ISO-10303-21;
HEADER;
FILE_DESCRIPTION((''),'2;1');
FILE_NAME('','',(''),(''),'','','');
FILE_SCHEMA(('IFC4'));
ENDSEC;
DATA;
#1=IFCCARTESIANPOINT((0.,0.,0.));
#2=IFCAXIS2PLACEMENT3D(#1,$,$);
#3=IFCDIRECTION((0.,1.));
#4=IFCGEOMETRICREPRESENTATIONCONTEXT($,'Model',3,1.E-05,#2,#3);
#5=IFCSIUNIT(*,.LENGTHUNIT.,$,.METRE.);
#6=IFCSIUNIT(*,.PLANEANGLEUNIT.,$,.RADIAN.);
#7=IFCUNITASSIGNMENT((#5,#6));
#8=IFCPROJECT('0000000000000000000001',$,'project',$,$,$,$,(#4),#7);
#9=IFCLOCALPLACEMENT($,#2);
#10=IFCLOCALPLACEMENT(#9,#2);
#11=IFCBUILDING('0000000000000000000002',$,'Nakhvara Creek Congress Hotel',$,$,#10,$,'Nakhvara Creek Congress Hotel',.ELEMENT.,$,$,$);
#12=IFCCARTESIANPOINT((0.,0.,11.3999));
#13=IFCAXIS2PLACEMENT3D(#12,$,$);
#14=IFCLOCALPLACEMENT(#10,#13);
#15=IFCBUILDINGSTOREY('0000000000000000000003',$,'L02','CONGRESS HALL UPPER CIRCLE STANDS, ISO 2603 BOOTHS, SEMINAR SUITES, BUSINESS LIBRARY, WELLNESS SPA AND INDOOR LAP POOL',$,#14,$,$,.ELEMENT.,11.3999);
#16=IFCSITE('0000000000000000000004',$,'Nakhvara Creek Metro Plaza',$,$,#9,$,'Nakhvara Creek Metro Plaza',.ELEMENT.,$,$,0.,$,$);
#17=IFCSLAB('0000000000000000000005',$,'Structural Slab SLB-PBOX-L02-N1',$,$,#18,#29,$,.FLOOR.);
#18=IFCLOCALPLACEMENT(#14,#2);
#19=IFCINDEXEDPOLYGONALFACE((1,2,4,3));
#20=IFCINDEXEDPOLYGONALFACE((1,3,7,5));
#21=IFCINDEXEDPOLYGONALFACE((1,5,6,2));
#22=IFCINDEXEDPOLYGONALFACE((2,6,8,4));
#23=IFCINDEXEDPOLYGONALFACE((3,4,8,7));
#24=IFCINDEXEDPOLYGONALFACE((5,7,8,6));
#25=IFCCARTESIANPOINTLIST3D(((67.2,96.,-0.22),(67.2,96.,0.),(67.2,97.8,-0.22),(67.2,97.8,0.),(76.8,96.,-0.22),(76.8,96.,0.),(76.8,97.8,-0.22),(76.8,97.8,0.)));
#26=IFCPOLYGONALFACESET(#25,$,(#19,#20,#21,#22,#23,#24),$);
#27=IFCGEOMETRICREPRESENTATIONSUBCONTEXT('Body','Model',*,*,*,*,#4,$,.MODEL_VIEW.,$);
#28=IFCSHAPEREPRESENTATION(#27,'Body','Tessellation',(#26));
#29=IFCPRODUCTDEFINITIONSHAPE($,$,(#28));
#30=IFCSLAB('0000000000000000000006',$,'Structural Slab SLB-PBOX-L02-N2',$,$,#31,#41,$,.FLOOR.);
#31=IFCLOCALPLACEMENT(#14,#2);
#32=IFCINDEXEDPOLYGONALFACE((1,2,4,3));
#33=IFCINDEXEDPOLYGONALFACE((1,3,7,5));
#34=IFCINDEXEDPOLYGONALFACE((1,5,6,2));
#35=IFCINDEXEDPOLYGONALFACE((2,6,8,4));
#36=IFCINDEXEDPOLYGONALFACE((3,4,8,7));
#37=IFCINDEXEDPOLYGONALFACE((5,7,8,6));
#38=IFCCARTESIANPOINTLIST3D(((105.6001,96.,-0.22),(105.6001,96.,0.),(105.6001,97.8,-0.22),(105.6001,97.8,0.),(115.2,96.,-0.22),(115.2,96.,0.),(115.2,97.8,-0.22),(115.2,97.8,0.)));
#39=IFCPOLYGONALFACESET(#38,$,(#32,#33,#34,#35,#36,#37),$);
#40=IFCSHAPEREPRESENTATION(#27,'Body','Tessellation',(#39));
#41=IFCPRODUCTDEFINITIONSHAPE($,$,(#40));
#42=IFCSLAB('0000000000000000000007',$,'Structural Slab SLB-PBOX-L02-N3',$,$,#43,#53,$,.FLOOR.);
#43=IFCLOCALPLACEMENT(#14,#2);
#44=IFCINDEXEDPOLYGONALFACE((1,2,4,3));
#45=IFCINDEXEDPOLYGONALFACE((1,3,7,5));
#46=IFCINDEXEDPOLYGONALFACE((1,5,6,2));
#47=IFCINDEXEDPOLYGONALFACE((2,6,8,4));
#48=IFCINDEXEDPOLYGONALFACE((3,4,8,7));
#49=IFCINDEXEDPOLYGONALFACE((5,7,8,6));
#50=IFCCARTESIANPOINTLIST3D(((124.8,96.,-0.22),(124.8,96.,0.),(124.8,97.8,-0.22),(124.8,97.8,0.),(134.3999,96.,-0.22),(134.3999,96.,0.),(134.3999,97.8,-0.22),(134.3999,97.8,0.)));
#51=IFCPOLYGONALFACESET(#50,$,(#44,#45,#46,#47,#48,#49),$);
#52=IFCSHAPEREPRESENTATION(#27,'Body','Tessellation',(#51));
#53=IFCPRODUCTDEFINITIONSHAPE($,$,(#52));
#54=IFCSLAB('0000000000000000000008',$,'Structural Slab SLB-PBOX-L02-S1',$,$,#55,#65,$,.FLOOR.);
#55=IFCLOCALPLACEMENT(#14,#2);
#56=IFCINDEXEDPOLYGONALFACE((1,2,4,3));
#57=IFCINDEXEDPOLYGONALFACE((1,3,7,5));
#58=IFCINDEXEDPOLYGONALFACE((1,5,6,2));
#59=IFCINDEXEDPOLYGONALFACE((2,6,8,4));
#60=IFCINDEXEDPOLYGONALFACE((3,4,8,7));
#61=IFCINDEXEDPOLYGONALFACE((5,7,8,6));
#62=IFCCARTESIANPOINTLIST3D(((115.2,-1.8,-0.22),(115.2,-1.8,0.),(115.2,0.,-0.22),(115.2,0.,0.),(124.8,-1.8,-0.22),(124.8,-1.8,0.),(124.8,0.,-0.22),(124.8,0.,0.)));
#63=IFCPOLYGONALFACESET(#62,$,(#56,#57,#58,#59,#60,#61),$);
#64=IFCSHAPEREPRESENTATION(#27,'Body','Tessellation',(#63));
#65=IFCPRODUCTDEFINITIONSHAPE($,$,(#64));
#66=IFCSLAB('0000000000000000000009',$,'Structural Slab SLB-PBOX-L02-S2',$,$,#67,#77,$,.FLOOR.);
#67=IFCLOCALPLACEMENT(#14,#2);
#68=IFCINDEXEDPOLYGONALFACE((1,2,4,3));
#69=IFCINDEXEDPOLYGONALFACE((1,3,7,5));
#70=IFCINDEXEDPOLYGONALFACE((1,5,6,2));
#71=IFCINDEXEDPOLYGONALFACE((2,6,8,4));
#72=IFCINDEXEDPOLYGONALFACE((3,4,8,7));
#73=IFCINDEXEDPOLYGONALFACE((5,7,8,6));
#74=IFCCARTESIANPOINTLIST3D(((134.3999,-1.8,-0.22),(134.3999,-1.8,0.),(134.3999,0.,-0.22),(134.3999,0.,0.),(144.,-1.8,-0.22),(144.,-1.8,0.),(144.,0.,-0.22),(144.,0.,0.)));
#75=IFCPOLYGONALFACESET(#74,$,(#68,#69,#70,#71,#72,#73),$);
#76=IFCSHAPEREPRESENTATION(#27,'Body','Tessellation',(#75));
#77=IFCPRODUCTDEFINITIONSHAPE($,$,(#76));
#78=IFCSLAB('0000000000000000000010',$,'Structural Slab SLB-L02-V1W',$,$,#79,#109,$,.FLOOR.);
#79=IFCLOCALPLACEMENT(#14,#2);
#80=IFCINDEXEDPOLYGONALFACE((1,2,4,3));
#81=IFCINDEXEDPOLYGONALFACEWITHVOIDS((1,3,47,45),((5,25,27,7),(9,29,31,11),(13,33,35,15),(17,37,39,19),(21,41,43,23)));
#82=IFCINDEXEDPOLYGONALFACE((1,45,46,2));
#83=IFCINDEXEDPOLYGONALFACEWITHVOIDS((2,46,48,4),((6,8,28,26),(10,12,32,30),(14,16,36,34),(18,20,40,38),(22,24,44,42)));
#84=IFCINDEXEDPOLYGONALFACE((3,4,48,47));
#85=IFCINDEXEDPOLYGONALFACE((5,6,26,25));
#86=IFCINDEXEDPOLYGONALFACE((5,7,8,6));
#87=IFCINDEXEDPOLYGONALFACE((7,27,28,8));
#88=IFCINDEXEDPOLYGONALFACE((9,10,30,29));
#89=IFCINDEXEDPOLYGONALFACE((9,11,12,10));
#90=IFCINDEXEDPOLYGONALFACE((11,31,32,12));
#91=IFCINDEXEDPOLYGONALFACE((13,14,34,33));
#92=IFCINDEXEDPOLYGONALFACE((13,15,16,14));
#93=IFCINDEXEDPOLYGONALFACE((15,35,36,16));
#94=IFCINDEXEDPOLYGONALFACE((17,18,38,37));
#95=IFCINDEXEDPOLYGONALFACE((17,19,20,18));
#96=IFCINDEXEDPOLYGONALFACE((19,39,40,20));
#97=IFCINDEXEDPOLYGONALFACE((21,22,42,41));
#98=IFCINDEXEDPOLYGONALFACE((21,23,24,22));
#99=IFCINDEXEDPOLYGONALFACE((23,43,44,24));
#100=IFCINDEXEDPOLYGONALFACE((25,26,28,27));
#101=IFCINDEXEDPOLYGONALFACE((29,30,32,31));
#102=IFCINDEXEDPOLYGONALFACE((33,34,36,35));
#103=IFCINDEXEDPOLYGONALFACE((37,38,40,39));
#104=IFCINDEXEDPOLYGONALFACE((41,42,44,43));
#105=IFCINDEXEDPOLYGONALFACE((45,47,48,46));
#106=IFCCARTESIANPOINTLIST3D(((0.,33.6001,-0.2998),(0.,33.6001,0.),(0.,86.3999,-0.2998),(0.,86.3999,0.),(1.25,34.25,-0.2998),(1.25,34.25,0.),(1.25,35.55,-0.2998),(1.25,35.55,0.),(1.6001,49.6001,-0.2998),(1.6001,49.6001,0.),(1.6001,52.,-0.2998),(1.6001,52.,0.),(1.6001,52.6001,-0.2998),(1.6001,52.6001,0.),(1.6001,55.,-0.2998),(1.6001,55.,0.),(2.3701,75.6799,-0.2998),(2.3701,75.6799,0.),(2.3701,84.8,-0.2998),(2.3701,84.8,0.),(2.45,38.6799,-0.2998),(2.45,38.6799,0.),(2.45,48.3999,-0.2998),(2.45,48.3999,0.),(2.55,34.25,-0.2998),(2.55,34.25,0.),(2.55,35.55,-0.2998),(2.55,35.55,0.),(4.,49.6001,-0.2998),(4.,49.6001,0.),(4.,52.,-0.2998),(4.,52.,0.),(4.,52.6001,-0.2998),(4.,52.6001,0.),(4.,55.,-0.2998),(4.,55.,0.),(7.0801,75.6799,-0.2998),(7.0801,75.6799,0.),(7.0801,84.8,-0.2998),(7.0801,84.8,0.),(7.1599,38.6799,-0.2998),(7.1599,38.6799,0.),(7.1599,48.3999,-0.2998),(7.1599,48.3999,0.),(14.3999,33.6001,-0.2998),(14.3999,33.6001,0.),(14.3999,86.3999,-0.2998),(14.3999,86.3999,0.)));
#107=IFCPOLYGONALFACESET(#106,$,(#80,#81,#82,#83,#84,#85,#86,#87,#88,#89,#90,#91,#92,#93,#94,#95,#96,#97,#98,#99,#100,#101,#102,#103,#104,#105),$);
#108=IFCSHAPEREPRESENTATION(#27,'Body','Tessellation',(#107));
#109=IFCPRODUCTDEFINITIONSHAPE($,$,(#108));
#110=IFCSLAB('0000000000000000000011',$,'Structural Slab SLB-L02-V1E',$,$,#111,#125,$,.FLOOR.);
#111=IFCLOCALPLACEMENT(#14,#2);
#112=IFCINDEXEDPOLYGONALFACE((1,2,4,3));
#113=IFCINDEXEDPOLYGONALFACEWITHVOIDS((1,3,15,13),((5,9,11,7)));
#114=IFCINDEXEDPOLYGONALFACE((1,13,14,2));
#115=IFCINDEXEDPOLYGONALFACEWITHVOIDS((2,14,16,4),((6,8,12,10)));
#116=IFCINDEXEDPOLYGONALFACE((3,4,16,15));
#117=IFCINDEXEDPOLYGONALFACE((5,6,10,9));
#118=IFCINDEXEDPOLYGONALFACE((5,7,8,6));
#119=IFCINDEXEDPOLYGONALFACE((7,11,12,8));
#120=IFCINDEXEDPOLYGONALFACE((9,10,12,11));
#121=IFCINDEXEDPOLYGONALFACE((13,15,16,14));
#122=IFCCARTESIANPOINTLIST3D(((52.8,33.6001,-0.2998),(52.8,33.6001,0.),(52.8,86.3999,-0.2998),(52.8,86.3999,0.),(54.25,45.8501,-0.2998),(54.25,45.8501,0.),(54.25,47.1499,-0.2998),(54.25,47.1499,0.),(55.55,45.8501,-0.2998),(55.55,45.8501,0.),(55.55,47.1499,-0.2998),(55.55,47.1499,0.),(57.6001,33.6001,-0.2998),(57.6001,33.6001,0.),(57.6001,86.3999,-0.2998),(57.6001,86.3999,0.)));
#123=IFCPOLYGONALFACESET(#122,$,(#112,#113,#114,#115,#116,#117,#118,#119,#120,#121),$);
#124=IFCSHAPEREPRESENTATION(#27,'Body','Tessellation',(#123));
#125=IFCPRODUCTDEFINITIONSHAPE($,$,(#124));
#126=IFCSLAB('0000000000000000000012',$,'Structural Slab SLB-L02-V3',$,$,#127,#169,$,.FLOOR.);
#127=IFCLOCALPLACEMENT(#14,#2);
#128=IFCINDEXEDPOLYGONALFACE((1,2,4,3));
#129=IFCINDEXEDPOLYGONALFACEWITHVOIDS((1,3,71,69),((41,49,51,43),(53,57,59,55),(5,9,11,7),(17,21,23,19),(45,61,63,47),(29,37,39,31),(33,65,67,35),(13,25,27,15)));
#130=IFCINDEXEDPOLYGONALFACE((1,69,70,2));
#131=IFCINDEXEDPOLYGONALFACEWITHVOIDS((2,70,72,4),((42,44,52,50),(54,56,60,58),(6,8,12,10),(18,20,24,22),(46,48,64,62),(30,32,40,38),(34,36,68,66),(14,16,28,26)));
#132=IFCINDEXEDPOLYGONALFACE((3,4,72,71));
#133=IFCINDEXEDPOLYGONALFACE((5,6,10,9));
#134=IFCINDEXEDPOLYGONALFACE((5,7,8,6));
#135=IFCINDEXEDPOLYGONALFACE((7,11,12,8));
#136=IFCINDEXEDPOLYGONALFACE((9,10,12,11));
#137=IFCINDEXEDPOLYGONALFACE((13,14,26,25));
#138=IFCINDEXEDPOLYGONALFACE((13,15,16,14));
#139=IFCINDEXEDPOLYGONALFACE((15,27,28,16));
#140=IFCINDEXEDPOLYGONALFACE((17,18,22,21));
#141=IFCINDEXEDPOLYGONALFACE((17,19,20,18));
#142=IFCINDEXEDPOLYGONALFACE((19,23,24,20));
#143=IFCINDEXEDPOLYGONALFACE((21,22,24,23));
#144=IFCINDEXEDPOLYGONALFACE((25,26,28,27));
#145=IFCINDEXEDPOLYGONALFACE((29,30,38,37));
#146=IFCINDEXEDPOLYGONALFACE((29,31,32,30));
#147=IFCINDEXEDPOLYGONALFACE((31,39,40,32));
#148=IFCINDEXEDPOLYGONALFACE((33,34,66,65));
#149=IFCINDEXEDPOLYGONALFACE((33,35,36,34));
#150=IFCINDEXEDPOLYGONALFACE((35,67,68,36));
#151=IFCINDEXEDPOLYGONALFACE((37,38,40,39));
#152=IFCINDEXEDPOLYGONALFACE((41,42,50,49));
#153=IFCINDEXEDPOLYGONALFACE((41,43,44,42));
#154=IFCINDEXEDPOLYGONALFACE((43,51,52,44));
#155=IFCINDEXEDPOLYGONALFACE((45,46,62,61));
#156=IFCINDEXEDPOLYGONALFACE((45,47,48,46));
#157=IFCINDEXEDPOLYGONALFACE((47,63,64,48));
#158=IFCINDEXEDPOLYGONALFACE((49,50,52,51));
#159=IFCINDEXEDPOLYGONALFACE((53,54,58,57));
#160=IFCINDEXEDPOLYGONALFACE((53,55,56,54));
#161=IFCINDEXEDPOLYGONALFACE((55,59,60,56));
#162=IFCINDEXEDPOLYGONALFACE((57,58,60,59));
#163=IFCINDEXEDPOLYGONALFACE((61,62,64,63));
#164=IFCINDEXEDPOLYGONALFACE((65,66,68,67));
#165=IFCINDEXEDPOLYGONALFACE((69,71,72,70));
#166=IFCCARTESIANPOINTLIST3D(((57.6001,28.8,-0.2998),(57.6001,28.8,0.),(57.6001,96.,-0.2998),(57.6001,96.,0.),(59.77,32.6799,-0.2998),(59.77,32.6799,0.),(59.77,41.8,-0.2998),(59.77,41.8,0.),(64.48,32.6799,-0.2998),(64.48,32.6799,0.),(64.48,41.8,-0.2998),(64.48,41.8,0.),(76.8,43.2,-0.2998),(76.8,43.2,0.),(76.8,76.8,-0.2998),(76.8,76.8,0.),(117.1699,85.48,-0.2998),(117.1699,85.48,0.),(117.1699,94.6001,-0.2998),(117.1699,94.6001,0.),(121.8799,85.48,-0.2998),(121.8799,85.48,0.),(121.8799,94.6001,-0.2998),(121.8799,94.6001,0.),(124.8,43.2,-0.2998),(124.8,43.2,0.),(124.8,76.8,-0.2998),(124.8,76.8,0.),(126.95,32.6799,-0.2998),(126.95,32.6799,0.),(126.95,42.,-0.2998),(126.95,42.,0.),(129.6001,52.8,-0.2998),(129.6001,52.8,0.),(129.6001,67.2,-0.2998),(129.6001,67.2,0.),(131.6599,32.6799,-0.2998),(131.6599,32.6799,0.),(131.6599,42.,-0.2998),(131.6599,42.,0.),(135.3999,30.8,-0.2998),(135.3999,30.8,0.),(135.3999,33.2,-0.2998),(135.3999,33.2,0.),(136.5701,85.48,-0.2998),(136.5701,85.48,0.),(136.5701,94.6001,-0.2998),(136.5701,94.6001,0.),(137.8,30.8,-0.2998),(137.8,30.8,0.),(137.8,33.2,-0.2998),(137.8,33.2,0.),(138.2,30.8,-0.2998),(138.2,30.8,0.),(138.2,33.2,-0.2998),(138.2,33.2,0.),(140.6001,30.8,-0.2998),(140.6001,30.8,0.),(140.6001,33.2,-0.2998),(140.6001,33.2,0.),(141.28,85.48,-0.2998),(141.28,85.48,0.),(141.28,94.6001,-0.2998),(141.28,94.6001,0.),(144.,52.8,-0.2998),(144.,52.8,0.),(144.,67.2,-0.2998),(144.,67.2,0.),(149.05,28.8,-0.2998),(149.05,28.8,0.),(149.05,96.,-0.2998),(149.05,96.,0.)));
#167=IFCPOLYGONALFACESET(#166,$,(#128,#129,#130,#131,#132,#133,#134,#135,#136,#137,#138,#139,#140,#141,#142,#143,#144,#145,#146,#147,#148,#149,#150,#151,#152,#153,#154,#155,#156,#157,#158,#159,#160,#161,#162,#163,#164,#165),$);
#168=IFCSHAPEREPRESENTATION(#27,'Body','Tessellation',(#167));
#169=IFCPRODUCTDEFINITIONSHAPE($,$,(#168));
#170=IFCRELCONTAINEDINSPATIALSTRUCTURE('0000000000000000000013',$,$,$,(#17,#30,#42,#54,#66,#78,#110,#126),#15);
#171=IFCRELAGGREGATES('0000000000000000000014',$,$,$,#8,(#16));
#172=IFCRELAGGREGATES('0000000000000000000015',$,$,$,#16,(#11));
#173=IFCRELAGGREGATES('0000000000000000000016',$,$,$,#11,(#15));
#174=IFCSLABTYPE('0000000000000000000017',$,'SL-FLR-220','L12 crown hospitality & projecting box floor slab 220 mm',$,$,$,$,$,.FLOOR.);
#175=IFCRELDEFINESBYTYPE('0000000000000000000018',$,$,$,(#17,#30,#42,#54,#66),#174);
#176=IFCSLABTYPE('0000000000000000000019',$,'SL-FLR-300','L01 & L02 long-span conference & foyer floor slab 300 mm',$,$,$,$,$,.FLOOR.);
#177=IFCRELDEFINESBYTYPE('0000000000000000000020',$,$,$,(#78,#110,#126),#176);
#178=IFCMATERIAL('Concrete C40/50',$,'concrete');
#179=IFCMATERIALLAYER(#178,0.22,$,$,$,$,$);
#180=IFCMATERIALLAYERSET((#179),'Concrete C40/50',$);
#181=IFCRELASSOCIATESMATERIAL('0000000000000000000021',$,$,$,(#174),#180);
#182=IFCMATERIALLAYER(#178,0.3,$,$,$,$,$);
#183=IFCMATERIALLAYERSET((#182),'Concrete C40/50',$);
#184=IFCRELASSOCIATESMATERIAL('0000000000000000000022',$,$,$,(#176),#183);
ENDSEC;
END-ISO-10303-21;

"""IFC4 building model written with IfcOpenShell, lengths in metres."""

from ifc_helpers import new_model, si_unit, direction, frame, origin, place, context, subcontext, project, spatial, polyline, outline, extrude, material, layer, layer_set, type_object, element, save


model = new_model("IFC4")

# Units and contexts
model_context = context("Model", 3, precision=1e-05, world=origin(), true_north=direction((0.0, 1.0)))
body_context = subcontext(model_context, "Body", "Model", "MODEL_VIEW")
ifc_project = project(units=[si_unit("LENGTHUNIT", "METRE"), si_unit("PLANEANGLEUNIT", "RADIAN")], contexts=[model_context])

# Site, building, storey
site_placement = place(None, origin())
site = spatial("IfcSite", under=ifc_project, at=site_placement, Name="Nakhvara Creek Metro Plaza", LongName="Nakhvara Creek Metro Plaza", CompositionType="ELEMENT", RefElevation=0.0)
building_placement = place(site_placement, origin())
building = spatial("IfcBuilding", under=site, at=building_placement, Name="Nakhvara Creek Congress Hotel", LongName="Nakhvara Creek Congress Hotel", CompositionType="ELEMENT")
storey_placement = place(building_placement, frame((0.0, 0.0, 11.3999)))
storey = spatial("IfcBuildingStorey", under=building, at=storey_placement, Name="L02", Description="CONGRESS HALL UPPER CIRCLE STANDS, ISO 2603 BOOTHS, SEMINAR SUITES, BUSINESS LIBRARY, WELLNESS SPA AND INDOOR LAP POOL", CompositionType="ELEMENT", Elevation=11.3999)

# Slabs
ifc_material_1 = material(Name="Concrete C40/50", Category="concrete")
ifc_layer_1 = layer(ifc_material_1, 0.22)
ifc_layer_set_1 = layer_set([ifc_layer_1], Name="Concrete C40/50")
slab_type_1 = type_object("IfcSlabType", Name="SL-FLR-220", Description="L12 crown hospitality & projecting box floor slab 220 mm", PredefinedType="FLOOR", material=ifc_layer_set_1)
slab_1_placement = place(storey_placement, frame((0.0, 0.0, -0.22)))
element("IfcSlab", 1, at=slab_1_placement, inside=storey, type_object=slab_type_1, Name="Structural Slab SLB-PBOX-L02-N1", PredefinedType="FLOOR", context=body_context, shape_type="SweptSolid", body=[
    extrude(outline(polyline([(67.2, 96.0), (76.8, 96.0), (76.8, 97.8), (67.2, 97.8), (67.2, 96.0)])), origin(), (0.0, 0.0, 1.0), 0.22),
])
slab_2_placement = place(storey_placement, frame((0.0, 0.0, -0.22)))
element("IfcSlab", 2, at=slab_2_placement, inside=storey, type_object=slab_type_1, Name="Structural Slab SLB-PBOX-L02-N2", PredefinedType="FLOOR", context=body_context, shape_type="SweptSolid", body=[
    extrude(outline(polyline([(105.6001, 96.0), (115.2, 96.0), (115.2, 97.8), (105.6001, 97.8), (105.6001, 96.0)])), origin(), (0.0, 0.0, 1.0), 0.22),
])
slab_3_placement = place(storey_placement, frame((0.0, 0.0, -0.22)))
element("IfcSlab", 3, at=slab_3_placement, inside=storey, type_object=slab_type_1, Name="Structural Slab SLB-PBOX-L02-N3", PredefinedType="FLOOR", context=body_context, shape_type="SweptSolid", body=[
    extrude(outline(polyline([(124.8, 96.0), (134.3999, 96.0), (134.3999, 97.8), (124.8, 97.8), (124.8, 96.0)])), origin(), (0.0, 0.0, 1.0), 0.22),
])
slab_4_placement = place(storey_placement, frame((0.0, 0.0, -0.22)))
element("IfcSlab", 4, at=slab_4_placement, inside=storey, type_object=slab_type_1, Name="Structural Slab SLB-PBOX-L02-S1", PredefinedType="FLOOR", context=body_context, shape_type="SweptSolid", body=[
    extrude(outline(polyline([(115.2, -1.8), (124.8, -1.8), (124.8, 0.0), (115.2, 0.0), (115.2, -1.8)])), origin(), (0.0, 0.0, 1.0), 0.22),
])
slab_5_placement = place(storey_placement, frame((0.0, 0.0, -0.22)))
element("IfcSlab", 5, at=slab_5_placement, inside=storey, type_object=slab_type_1, Name="Structural Slab SLB-PBOX-L02-S2", PredefinedType="FLOOR", context=body_context, shape_type="SweptSolid", body=[
    extrude(outline(polyline([(134.3999, -1.8), (144.0, -1.8), (144.0, 0.0), (134.3999, 0.0), (134.3999, -1.8)])), origin(), (0.0, 0.0, 1.0), 0.22),
])
ifc_layer_2 = layer(ifc_material_1, 0.3)
ifc_layer_set_2 = layer_set([ifc_layer_2], Name="Concrete C40/50")
slab_type_2 = type_object("IfcSlabType", Name="SL-FLR-300", Description="L01 & L02 long-span conference & foyer floor slab 300 mm", PredefinedType="FLOOR", material=ifc_layer_set_2)
slab_6_placement = place(storey_placement, frame((0.0, 0.0, -0.2998)))
element("IfcSlab", 6, at=slab_6_placement, inside=storey, type_object=slab_type_2, Name="Structural Slab SLB-L02-V1W", PredefinedType="FLOOR", context=body_context, shape_type="SweptSolid", body=[
    extrude(outline(polyline([(0.0, 86.3999), (14.3999, 86.3999), (14.3999, 33.6001), (0.0, 33.6001), (0.0, 86.3999)]), holes=[polyline([(2.55, 35.55), (1.25, 35.55), (1.25, 34.25), (2.55, 34.25), (2.55, 35.55)]), polyline([(2.45, 48.3999), (2.45, 38.6799), (7.1599, 38.6799), (7.1599, 48.3999), (2.45, 48.3999)]), polyline([(4.0, 52.0), (1.6001, 52.0), (1.6001, 49.6001), (4.0, 49.6001), (4.0, 52.0)]), polyline([(4.0, 52.6001), (4.0, 55.0), (1.6001, 55.0), (1.6001, 52.6001), (4.0, 52.6001)]), polyline([(7.0801, 84.8), (2.3701, 84.8), (2.3701, 75.6799), (7.0801, 75.6799), (7.0801, 84.8)])]), origin(), (0.0, 0.0, 1.0), 0.2998),
])
slab_7_placement = place(storey_placement, frame((0.0, 0.0, -0.2998)))
element("IfcSlab", 7, at=slab_7_placement, inside=storey, type_object=slab_type_2, Name="Structural Slab SLB-L02-V1E", PredefinedType="FLOOR", context=body_context, shape_type="SweptSolid", body=[
    extrude(outline(polyline([(52.8, 86.3999), (57.6001, 86.3999), (57.6001, 33.6001), (52.8, 33.6001), (52.8, 86.3999)]), holes=[polyline([(54.25, 45.8501), (55.55, 45.8501), (55.55, 47.1499), (54.25, 47.1499), (54.25, 45.8501)])]), origin(), (0.0, 0.0, 1.0), 0.2998),
])
slab_8_placement = place(storey_placement, frame((0.0, 0.0, -0.2998)))
element("IfcSlab", 8, at=slab_8_placement, inside=storey, type_object=slab_type_2, Name="Structural Slab SLB-L02-V3", PredefinedType="FLOOR", context=body_context, shape_type="SweptSolid", body=[
    extrude(outline(polyline([(57.6001, 96.0), (149.05, 96.0), (149.05, 28.8), (57.6001, 28.8), (57.6001, 96.0)]), holes=[polyline([(137.8, 30.8), (137.8, 33.2), (135.3999, 33.2), (135.3999, 30.8), (137.8, 30.8)]), polyline([(140.6001, 30.8), (140.6001, 33.2), (138.2, 33.2), (138.2, 30.8), (140.6001, 30.8)]), polyline([(64.48, 41.8), (59.77, 41.8), (59.77, 32.6799), (64.48, 32.6799), (64.48, 41.8)]), polyline([(131.6599, 42.0), (126.95, 42.0), (126.95, 32.6799), (131.6599, 32.6799), (131.6599, 42.0)]), polyline([(124.8, 43.2), (124.8, 76.8), (76.8, 76.8), (76.8, 43.2), (124.8, 43.2)]), polyline([(144.0, 52.8), (144.0, 67.2), (129.6001, 67.2), (129.6001, 52.8), (144.0, 52.8)]), polyline([(121.8799, 94.6001), (117.1699, 94.6001), (117.1699, 85.48), (121.8799, 85.48), (121.8799, 94.6001)]), polyline([(141.28, 94.6001), (136.5701, 94.6001), (136.5701, 85.48), (141.28, 85.48), (141.28, 94.6001)])]), origin(), (0.0, 0.0, 1.0), 0.2998),
])

save(model, "model.ifc")
